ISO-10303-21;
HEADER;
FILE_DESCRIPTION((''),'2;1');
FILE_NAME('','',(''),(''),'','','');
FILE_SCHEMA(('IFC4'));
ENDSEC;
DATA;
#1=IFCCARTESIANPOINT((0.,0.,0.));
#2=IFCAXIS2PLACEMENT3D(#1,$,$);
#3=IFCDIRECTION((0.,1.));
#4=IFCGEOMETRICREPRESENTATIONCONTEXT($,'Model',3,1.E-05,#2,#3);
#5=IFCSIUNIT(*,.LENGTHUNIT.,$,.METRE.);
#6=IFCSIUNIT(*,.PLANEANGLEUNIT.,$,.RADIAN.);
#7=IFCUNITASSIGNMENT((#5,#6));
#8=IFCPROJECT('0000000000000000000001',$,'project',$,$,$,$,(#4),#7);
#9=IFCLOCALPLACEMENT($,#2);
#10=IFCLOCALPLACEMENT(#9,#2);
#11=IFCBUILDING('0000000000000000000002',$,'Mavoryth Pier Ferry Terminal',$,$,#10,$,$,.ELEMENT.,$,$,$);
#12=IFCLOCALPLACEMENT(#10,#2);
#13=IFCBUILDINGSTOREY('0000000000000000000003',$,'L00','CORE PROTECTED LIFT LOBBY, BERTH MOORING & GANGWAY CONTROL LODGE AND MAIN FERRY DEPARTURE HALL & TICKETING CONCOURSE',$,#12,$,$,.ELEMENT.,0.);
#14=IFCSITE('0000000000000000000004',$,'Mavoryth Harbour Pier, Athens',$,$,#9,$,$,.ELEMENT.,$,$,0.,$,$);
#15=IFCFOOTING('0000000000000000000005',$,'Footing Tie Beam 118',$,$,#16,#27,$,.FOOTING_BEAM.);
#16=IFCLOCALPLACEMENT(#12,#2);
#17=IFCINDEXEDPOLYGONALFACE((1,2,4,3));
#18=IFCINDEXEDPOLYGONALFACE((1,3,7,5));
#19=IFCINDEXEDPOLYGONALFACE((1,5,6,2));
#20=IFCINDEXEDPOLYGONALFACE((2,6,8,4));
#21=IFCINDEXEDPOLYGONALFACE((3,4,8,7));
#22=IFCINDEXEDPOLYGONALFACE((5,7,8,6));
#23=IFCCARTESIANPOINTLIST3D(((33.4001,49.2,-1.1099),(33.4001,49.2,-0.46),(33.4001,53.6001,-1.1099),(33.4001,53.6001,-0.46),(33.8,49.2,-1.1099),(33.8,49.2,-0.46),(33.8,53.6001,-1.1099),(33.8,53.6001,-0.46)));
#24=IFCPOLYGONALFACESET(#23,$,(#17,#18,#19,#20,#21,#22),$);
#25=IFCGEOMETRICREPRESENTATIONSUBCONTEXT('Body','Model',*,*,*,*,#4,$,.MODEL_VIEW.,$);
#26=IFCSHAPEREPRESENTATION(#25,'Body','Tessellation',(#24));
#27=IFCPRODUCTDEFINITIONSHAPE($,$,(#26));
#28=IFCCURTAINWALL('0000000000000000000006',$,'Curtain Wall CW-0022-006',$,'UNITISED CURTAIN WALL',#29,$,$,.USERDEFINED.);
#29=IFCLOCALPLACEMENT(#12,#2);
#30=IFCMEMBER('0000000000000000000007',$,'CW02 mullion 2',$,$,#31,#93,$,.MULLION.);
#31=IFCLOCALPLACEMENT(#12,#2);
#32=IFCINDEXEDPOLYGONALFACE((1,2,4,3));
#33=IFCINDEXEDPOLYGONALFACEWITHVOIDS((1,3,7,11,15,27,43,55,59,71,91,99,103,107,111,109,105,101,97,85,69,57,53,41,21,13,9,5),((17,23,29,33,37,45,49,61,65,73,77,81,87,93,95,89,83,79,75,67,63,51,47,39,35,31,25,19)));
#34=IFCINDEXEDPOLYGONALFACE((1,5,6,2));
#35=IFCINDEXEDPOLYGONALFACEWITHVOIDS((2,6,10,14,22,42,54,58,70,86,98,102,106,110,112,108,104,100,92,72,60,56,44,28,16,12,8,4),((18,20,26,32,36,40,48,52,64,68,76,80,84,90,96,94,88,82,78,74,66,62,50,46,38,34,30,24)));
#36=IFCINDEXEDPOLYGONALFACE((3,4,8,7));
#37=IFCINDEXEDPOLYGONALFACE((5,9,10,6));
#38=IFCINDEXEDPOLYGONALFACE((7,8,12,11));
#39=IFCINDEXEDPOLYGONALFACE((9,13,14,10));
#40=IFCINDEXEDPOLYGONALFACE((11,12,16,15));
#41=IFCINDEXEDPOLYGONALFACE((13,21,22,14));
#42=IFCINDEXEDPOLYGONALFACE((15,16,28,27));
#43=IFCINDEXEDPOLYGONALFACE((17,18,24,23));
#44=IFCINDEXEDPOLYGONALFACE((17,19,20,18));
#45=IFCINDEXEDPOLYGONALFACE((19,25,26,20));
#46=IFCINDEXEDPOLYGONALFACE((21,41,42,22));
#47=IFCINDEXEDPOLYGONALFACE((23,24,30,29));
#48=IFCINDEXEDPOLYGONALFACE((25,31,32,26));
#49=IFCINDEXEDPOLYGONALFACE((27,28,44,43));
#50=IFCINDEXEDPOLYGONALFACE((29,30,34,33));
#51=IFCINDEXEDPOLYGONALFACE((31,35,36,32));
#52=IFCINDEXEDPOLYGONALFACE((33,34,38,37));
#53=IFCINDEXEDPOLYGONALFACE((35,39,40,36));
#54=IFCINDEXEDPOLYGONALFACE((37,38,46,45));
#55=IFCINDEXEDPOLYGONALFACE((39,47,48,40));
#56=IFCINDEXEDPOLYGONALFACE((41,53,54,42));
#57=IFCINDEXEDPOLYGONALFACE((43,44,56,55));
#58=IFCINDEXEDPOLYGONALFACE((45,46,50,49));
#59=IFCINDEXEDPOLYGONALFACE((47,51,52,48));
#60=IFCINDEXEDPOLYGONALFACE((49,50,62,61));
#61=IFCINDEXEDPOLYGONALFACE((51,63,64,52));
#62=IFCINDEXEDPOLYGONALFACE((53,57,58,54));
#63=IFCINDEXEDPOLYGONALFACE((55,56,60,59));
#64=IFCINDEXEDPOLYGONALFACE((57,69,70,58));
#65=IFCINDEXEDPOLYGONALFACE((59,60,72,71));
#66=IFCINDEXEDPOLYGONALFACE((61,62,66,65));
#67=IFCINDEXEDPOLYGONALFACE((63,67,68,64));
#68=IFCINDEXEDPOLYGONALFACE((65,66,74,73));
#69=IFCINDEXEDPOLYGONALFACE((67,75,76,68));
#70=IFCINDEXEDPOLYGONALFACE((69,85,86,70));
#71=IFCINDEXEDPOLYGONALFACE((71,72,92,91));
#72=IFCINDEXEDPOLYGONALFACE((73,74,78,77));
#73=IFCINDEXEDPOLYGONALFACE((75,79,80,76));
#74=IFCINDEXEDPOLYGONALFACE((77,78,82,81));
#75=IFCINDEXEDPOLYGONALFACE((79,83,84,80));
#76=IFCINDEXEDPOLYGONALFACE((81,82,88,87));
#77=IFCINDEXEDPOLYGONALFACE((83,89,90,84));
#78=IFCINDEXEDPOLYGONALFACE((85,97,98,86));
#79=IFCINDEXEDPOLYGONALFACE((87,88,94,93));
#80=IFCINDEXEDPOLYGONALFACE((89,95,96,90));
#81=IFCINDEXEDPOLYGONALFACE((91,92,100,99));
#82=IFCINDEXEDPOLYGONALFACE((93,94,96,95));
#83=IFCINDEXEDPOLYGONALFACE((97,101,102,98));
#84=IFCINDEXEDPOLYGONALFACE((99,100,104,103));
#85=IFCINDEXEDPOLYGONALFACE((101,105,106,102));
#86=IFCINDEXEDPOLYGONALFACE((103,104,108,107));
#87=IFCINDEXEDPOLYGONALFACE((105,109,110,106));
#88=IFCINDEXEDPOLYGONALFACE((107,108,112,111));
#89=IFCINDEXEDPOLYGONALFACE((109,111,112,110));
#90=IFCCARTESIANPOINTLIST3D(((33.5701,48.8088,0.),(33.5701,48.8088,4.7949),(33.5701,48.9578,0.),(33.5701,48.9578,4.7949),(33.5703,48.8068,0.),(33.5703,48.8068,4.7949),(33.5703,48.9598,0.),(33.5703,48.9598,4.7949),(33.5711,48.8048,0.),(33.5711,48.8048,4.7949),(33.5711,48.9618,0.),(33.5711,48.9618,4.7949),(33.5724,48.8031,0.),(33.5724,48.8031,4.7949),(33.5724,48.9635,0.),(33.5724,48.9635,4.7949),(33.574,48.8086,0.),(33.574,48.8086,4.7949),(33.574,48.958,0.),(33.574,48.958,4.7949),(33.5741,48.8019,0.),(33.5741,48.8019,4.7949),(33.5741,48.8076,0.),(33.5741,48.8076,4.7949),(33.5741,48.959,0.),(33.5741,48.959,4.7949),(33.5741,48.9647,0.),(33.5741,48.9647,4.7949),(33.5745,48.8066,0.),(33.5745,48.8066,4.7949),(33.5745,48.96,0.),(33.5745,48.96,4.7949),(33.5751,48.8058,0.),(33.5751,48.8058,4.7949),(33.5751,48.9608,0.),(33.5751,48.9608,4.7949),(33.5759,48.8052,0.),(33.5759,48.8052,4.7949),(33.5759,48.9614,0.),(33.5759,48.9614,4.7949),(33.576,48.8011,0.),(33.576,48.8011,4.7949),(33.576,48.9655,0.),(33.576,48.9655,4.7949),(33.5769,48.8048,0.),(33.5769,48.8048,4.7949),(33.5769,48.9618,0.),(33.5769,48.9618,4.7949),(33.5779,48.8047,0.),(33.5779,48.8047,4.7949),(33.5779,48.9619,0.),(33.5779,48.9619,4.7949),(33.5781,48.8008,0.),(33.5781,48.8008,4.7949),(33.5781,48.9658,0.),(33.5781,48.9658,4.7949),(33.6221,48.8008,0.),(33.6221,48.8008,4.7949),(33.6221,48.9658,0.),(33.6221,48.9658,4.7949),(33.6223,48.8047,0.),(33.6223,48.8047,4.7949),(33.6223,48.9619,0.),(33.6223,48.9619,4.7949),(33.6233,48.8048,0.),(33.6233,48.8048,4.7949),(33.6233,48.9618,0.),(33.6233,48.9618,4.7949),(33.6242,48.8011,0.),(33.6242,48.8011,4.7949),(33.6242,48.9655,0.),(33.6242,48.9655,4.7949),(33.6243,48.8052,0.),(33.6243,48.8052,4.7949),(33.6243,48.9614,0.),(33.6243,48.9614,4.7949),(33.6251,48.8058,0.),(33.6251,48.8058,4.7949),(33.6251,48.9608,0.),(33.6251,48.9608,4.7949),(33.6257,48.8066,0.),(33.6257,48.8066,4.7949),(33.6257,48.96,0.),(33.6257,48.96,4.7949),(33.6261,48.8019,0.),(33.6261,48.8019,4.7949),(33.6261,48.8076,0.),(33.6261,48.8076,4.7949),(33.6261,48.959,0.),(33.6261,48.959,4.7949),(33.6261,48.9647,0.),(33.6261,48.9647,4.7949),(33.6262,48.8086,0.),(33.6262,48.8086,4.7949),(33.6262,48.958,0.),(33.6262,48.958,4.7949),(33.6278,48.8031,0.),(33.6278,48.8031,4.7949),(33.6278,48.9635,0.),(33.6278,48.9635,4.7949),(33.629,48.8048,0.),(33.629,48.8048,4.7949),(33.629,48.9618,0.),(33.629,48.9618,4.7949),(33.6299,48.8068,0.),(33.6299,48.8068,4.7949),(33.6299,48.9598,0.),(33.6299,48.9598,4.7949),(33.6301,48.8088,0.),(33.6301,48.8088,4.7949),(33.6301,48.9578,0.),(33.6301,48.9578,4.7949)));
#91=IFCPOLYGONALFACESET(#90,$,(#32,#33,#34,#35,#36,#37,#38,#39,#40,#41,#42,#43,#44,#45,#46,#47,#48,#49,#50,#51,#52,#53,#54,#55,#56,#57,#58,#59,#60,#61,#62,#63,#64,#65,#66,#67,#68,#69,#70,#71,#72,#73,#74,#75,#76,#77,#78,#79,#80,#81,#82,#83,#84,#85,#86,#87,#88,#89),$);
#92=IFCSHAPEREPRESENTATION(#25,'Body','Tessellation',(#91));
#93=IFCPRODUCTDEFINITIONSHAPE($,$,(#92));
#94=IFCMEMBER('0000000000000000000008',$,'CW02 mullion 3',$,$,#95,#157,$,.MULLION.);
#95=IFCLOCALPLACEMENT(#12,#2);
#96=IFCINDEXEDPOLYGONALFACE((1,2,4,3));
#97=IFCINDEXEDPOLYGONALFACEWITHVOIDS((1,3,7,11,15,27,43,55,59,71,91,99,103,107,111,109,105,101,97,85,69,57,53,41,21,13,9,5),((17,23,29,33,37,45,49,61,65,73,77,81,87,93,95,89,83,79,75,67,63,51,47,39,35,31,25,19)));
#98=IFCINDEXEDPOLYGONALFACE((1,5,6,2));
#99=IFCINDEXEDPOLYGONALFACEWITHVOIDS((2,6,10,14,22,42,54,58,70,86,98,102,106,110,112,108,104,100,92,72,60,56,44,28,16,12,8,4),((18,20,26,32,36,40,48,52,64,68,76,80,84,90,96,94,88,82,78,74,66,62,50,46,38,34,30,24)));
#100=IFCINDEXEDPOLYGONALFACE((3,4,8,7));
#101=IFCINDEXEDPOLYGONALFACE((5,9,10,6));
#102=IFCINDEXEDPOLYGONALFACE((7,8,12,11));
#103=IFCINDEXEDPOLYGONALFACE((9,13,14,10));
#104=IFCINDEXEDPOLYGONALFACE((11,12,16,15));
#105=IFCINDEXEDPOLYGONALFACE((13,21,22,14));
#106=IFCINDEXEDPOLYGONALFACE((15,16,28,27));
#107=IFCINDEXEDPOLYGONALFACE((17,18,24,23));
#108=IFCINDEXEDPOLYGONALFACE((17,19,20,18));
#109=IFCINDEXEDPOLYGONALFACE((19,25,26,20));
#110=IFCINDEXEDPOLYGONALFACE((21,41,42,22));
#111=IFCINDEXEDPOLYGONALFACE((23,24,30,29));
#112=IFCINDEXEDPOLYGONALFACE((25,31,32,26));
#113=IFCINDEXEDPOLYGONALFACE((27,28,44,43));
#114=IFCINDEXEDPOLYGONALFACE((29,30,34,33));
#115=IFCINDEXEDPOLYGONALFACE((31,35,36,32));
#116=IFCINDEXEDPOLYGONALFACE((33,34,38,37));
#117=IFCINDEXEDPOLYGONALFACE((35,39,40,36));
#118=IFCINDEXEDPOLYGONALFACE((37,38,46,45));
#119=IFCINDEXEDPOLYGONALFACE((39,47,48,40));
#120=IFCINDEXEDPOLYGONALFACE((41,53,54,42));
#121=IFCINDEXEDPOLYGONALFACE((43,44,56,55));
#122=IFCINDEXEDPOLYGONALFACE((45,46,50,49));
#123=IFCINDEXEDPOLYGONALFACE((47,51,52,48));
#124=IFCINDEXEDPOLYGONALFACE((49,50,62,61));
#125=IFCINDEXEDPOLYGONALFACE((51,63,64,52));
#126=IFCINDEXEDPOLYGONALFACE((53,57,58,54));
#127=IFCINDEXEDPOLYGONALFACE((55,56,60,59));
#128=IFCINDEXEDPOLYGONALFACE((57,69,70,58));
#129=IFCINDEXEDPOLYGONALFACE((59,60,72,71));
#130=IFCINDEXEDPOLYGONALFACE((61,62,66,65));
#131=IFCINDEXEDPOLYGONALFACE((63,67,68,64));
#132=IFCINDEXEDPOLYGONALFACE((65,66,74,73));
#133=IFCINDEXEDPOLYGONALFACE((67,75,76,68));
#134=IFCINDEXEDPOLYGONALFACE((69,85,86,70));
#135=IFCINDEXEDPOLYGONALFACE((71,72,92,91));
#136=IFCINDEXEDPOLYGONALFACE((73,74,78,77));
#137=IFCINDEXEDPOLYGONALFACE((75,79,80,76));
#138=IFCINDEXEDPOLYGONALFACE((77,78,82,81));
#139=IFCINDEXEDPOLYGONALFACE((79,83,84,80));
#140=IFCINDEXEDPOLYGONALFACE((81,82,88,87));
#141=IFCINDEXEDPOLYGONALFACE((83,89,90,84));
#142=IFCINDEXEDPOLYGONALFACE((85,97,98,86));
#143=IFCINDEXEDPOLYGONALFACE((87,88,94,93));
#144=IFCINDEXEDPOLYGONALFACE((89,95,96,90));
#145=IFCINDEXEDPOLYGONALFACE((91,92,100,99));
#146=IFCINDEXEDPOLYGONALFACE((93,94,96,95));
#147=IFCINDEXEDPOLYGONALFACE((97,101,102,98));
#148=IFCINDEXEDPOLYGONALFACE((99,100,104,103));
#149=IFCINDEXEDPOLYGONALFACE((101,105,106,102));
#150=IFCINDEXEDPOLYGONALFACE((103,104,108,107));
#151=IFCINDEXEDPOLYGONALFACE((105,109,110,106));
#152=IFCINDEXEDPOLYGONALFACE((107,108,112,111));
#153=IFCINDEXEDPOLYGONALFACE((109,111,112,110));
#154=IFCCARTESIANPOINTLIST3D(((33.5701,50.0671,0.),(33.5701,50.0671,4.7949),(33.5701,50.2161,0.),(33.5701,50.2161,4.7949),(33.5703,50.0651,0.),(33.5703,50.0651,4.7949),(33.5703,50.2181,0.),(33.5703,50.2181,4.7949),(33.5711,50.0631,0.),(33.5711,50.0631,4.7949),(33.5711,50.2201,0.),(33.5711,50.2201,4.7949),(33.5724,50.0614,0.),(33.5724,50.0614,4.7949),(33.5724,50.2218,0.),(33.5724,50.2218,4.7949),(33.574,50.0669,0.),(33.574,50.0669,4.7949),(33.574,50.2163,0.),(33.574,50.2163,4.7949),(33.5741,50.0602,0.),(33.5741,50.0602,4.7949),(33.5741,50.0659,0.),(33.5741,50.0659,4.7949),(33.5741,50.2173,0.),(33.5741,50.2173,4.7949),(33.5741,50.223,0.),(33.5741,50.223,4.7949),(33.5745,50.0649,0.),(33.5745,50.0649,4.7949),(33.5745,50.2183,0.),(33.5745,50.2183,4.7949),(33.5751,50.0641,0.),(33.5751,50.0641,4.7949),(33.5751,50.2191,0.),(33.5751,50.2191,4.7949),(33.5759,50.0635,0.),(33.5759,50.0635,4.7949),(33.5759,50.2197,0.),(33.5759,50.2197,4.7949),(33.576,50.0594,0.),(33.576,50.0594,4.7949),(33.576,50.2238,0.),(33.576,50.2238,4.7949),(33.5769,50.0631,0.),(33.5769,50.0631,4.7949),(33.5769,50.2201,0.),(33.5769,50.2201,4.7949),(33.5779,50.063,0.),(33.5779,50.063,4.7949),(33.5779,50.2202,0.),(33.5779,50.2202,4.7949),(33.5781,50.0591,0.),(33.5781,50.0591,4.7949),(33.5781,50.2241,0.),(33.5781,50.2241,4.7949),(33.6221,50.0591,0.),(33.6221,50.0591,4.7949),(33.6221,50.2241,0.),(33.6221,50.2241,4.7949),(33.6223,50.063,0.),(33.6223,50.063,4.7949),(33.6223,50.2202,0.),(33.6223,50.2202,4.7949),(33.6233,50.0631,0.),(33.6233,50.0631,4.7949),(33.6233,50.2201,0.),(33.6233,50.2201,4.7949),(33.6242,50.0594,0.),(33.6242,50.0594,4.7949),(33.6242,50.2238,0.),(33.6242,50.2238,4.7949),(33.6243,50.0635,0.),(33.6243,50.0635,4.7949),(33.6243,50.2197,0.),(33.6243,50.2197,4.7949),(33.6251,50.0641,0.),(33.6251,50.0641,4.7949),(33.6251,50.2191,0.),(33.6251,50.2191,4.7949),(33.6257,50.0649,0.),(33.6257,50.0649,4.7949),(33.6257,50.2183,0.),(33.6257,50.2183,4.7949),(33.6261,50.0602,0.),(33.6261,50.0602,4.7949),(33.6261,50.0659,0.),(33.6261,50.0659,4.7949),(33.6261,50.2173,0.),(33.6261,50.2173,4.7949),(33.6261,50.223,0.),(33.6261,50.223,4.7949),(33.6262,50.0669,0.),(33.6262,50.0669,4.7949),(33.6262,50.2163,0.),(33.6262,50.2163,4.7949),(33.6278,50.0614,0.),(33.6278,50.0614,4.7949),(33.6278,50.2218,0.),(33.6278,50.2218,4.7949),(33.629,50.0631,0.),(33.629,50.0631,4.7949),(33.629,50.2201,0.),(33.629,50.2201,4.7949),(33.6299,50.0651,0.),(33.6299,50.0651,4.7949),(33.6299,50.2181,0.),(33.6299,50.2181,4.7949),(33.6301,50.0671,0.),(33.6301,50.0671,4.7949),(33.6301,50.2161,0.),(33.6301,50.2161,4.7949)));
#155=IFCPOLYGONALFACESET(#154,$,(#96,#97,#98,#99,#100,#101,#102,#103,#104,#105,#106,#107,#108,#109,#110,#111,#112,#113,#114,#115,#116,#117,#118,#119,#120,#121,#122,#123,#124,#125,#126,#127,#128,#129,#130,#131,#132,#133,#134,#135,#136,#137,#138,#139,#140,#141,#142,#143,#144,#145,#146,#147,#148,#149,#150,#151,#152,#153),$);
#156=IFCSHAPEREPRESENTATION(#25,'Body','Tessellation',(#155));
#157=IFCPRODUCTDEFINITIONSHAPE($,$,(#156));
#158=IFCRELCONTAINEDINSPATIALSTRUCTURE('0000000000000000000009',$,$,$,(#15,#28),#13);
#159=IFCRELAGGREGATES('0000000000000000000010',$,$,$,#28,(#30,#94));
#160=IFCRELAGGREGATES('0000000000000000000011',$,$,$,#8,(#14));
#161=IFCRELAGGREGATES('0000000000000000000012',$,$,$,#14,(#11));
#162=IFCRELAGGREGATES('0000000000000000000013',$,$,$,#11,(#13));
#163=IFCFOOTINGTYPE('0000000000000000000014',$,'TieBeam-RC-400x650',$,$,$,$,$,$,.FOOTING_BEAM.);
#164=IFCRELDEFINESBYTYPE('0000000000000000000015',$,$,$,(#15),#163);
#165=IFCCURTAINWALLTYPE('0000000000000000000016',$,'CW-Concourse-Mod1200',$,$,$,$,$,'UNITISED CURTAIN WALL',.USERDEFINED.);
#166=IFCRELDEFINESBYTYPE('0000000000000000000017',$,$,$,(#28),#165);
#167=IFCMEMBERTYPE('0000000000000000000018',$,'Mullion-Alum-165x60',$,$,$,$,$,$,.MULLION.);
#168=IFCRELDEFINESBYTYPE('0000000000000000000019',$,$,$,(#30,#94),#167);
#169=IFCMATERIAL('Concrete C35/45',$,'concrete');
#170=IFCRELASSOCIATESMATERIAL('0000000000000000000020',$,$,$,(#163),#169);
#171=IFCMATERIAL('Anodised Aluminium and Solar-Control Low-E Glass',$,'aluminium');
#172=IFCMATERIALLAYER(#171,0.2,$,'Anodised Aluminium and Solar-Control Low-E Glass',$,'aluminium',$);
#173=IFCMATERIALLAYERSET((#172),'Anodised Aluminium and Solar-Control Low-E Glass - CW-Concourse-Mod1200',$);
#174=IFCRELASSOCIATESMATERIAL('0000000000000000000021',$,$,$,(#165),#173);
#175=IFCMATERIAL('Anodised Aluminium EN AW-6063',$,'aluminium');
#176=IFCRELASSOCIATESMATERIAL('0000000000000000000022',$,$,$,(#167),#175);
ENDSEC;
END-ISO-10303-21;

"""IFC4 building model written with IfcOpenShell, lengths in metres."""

from ifc_helpers import new_model, si_unit, direction, frame, origin, origin_2d, place, context, subcontext, project, spatial, rectangle, hollow_rectangle, extrude, material, layer, layer_set, material_profile, profile_set, type_object, element, aggregate, save


model = new_model("IFC4")

# Units and contexts
model_context = context("Model", 3, precision=1e-05, world=origin(), true_north=direction((0.0, 1.0)))
body_context = subcontext(model_context, "Body", "Model", "MODEL_VIEW")
ifc_project = project(units=[si_unit("LENGTHUNIT", "METRE"), si_unit("PLANEANGLEUNIT", "RADIAN")], contexts=[model_context])

# Site, building, storey
site_placement = place(None, origin())
site = spatial("IfcSite", under=ifc_project, at=site_placement, Name="Mavoryth Harbour Pier, Athens", CompositionType="ELEMENT", RefElevation=0.0)
building_placement = place(site_placement, origin())
building = spatial("IfcBuilding", under=site, at=building_placement, Name="Mavoryth Pier Ferry Terminal", CompositionType="ELEMENT")
storey_placement = place(building_placement, origin())
storey = spatial("IfcBuildingStorey", under=building, at=storey_placement, Name="L00", Description="CORE PROTECTED LIFT LOBBY, BERTH MOORING & GANGWAY CONTROL LODGE AND MAIN FERRY DEPARTURE HALL & TICKETING CONCOURSE", CompositionType="ELEMENT", Elevation=0.0)

# Footing
ifc_material_1 = material(Name="Concrete C35/45", Category="concrete")
ifc_material_profile_1 = material_profile(ifc_material_1, rectangle(XDim=0.3999, YDim=0.6499, at=origin_2d()), Name="RC 400x650", Category="concrete")
ifc_profile_set_1 = profile_set([ifc_material_profile_1], Name="Concrete C35/45 - RC 400x650")
footing_type = type_object("IfcFootingType", Name="TieBeam-RC-400x650", PredefinedType="FOOTING_BEAM", material=ifc_profile_set_1)
footing_placement = place(storey_placement, frame((33.6001, 49.2, -0.7849), z_axis=(0.0, 1.0, 0.0), x_axis=(-1.0, 0.0, 0.0)))
element("IfcFooting", 1, at=footing_placement, inside=storey, type_object=footing_type, Name="Footing Tie Beam 118", PredefinedType="FOOTING_BEAM", context=body_context, shape_type="SweptSolid", body=[
    extrude(rectangle(XDim=0.3999, YDim=0.6499, at=origin_2d()), origin(), (0.0, 0.0, 1.0), 4.4001),
])

# Curtain wall, members
ifc_material_2 = material(Name="Anodised Aluminium and Solar-Control Low-E Glass", Category="aluminium")
ifc_layer_1 = layer(ifc_material_2, 0.2, Name="Anodised Aluminium and Solar-Control Low-E Glass", Category="aluminium")
ifc_layer_set_1 = layer_set([ifc_layer_1], Name="Anodised Aluminium and Solar-Control Low-E Glass - CW-Concourse-Mod1200")
curtain_wall_type = type_object("IfcCurtainWallType", Name="CW-Concourse-Mod1200", ElementType="UNITISED CURTAIN WALL", PredefinedType="USERDEFINED", material=ifc_layer_set_1)
curtain_wall_placement = place(storey_placement, origin())
curtain_wall = element("IfcCurtainWall", 2, at=curtain_wall_placement, inside=storey, type_object=curtain_wall_type, Name="Curtain Wall CW-0022-006", ObjectType="UNITISED CURTAIN WALL", PredefinedType="USERDEFINED")
ifc_material_3 = material(Name="Anodised Aluminium EN AW-6063", Category="aluminium")
ifc_material_profile_2 = material_profile(ifc_material_3, hollow_rectangle(XDim=0.0601, YDim=0.165, WallThickness=0.0039, InnerFilletRadius=0.0039, OuterFilletRadius=0.0081, at=origin_2d()), Name="AL-MULL 165x60x4", Category="aluminium")
ifc_profile_set_2 = profile_set([ifc_material_profile_2], Name="Anodised Aluminium EN AW-6063 - AL-MULL 165x60x4")
member_type_1 = type_object("IfcMemberType", Name="Mullion-Alum-165x60", PredefinedType="MULLION", material=ifc_profile_set_2)
member_1_placement = place(storey_placement, frame((33.6001, 48.8833, 0.0), z_axis=(0.0, 0.0, 1.0), x_axis=(-1.0, 0.0, 0.0)))
member_1 = element("IfcMember", 3, at=member_1_placement, type_object=member_type_1, Name="CW02 mullion 2", PredefinedType="MULLION", context=body_context, shape_type="SweptSolid", body=[
    extrude(hollow_rectangle(XDim=0.0601, YDim=0.165, WallThickness=0.0039, InnerFilletRadius=0.0039, OuterFilletRadius=0.0081, at=origin_2d()), origin(), (0.0, 0.0, 1.0), 4.7949),
])
member_2_placement = place(storey_placement, frame((33.6001, 50.1416, 0.0), z_axis=(0.0, 0.0, 1.0), x_axis=(-1.0, 0.0, 0.0)))
member_2 = element("IfcMember", 4, at=member_2_placement, type_object=member_type_1, Name="CW02 mullion 3", PredefinedType="MULLION", context=body_context, shape_type="SweptSolid", body=[
    extrude(hollow_rectangle(XDim=0.0601, YDim=0.165, WallThickness=0.0039, InnerFilletRadius=0.0039, OuterFilletRadius=0.0081, at=origin_2d()), origin(), (0.0, 0.0, 1.0), 4.7949),
])
aggregate(curtain_wall, [member_1, member_2])

save(model, "model.ifc")
